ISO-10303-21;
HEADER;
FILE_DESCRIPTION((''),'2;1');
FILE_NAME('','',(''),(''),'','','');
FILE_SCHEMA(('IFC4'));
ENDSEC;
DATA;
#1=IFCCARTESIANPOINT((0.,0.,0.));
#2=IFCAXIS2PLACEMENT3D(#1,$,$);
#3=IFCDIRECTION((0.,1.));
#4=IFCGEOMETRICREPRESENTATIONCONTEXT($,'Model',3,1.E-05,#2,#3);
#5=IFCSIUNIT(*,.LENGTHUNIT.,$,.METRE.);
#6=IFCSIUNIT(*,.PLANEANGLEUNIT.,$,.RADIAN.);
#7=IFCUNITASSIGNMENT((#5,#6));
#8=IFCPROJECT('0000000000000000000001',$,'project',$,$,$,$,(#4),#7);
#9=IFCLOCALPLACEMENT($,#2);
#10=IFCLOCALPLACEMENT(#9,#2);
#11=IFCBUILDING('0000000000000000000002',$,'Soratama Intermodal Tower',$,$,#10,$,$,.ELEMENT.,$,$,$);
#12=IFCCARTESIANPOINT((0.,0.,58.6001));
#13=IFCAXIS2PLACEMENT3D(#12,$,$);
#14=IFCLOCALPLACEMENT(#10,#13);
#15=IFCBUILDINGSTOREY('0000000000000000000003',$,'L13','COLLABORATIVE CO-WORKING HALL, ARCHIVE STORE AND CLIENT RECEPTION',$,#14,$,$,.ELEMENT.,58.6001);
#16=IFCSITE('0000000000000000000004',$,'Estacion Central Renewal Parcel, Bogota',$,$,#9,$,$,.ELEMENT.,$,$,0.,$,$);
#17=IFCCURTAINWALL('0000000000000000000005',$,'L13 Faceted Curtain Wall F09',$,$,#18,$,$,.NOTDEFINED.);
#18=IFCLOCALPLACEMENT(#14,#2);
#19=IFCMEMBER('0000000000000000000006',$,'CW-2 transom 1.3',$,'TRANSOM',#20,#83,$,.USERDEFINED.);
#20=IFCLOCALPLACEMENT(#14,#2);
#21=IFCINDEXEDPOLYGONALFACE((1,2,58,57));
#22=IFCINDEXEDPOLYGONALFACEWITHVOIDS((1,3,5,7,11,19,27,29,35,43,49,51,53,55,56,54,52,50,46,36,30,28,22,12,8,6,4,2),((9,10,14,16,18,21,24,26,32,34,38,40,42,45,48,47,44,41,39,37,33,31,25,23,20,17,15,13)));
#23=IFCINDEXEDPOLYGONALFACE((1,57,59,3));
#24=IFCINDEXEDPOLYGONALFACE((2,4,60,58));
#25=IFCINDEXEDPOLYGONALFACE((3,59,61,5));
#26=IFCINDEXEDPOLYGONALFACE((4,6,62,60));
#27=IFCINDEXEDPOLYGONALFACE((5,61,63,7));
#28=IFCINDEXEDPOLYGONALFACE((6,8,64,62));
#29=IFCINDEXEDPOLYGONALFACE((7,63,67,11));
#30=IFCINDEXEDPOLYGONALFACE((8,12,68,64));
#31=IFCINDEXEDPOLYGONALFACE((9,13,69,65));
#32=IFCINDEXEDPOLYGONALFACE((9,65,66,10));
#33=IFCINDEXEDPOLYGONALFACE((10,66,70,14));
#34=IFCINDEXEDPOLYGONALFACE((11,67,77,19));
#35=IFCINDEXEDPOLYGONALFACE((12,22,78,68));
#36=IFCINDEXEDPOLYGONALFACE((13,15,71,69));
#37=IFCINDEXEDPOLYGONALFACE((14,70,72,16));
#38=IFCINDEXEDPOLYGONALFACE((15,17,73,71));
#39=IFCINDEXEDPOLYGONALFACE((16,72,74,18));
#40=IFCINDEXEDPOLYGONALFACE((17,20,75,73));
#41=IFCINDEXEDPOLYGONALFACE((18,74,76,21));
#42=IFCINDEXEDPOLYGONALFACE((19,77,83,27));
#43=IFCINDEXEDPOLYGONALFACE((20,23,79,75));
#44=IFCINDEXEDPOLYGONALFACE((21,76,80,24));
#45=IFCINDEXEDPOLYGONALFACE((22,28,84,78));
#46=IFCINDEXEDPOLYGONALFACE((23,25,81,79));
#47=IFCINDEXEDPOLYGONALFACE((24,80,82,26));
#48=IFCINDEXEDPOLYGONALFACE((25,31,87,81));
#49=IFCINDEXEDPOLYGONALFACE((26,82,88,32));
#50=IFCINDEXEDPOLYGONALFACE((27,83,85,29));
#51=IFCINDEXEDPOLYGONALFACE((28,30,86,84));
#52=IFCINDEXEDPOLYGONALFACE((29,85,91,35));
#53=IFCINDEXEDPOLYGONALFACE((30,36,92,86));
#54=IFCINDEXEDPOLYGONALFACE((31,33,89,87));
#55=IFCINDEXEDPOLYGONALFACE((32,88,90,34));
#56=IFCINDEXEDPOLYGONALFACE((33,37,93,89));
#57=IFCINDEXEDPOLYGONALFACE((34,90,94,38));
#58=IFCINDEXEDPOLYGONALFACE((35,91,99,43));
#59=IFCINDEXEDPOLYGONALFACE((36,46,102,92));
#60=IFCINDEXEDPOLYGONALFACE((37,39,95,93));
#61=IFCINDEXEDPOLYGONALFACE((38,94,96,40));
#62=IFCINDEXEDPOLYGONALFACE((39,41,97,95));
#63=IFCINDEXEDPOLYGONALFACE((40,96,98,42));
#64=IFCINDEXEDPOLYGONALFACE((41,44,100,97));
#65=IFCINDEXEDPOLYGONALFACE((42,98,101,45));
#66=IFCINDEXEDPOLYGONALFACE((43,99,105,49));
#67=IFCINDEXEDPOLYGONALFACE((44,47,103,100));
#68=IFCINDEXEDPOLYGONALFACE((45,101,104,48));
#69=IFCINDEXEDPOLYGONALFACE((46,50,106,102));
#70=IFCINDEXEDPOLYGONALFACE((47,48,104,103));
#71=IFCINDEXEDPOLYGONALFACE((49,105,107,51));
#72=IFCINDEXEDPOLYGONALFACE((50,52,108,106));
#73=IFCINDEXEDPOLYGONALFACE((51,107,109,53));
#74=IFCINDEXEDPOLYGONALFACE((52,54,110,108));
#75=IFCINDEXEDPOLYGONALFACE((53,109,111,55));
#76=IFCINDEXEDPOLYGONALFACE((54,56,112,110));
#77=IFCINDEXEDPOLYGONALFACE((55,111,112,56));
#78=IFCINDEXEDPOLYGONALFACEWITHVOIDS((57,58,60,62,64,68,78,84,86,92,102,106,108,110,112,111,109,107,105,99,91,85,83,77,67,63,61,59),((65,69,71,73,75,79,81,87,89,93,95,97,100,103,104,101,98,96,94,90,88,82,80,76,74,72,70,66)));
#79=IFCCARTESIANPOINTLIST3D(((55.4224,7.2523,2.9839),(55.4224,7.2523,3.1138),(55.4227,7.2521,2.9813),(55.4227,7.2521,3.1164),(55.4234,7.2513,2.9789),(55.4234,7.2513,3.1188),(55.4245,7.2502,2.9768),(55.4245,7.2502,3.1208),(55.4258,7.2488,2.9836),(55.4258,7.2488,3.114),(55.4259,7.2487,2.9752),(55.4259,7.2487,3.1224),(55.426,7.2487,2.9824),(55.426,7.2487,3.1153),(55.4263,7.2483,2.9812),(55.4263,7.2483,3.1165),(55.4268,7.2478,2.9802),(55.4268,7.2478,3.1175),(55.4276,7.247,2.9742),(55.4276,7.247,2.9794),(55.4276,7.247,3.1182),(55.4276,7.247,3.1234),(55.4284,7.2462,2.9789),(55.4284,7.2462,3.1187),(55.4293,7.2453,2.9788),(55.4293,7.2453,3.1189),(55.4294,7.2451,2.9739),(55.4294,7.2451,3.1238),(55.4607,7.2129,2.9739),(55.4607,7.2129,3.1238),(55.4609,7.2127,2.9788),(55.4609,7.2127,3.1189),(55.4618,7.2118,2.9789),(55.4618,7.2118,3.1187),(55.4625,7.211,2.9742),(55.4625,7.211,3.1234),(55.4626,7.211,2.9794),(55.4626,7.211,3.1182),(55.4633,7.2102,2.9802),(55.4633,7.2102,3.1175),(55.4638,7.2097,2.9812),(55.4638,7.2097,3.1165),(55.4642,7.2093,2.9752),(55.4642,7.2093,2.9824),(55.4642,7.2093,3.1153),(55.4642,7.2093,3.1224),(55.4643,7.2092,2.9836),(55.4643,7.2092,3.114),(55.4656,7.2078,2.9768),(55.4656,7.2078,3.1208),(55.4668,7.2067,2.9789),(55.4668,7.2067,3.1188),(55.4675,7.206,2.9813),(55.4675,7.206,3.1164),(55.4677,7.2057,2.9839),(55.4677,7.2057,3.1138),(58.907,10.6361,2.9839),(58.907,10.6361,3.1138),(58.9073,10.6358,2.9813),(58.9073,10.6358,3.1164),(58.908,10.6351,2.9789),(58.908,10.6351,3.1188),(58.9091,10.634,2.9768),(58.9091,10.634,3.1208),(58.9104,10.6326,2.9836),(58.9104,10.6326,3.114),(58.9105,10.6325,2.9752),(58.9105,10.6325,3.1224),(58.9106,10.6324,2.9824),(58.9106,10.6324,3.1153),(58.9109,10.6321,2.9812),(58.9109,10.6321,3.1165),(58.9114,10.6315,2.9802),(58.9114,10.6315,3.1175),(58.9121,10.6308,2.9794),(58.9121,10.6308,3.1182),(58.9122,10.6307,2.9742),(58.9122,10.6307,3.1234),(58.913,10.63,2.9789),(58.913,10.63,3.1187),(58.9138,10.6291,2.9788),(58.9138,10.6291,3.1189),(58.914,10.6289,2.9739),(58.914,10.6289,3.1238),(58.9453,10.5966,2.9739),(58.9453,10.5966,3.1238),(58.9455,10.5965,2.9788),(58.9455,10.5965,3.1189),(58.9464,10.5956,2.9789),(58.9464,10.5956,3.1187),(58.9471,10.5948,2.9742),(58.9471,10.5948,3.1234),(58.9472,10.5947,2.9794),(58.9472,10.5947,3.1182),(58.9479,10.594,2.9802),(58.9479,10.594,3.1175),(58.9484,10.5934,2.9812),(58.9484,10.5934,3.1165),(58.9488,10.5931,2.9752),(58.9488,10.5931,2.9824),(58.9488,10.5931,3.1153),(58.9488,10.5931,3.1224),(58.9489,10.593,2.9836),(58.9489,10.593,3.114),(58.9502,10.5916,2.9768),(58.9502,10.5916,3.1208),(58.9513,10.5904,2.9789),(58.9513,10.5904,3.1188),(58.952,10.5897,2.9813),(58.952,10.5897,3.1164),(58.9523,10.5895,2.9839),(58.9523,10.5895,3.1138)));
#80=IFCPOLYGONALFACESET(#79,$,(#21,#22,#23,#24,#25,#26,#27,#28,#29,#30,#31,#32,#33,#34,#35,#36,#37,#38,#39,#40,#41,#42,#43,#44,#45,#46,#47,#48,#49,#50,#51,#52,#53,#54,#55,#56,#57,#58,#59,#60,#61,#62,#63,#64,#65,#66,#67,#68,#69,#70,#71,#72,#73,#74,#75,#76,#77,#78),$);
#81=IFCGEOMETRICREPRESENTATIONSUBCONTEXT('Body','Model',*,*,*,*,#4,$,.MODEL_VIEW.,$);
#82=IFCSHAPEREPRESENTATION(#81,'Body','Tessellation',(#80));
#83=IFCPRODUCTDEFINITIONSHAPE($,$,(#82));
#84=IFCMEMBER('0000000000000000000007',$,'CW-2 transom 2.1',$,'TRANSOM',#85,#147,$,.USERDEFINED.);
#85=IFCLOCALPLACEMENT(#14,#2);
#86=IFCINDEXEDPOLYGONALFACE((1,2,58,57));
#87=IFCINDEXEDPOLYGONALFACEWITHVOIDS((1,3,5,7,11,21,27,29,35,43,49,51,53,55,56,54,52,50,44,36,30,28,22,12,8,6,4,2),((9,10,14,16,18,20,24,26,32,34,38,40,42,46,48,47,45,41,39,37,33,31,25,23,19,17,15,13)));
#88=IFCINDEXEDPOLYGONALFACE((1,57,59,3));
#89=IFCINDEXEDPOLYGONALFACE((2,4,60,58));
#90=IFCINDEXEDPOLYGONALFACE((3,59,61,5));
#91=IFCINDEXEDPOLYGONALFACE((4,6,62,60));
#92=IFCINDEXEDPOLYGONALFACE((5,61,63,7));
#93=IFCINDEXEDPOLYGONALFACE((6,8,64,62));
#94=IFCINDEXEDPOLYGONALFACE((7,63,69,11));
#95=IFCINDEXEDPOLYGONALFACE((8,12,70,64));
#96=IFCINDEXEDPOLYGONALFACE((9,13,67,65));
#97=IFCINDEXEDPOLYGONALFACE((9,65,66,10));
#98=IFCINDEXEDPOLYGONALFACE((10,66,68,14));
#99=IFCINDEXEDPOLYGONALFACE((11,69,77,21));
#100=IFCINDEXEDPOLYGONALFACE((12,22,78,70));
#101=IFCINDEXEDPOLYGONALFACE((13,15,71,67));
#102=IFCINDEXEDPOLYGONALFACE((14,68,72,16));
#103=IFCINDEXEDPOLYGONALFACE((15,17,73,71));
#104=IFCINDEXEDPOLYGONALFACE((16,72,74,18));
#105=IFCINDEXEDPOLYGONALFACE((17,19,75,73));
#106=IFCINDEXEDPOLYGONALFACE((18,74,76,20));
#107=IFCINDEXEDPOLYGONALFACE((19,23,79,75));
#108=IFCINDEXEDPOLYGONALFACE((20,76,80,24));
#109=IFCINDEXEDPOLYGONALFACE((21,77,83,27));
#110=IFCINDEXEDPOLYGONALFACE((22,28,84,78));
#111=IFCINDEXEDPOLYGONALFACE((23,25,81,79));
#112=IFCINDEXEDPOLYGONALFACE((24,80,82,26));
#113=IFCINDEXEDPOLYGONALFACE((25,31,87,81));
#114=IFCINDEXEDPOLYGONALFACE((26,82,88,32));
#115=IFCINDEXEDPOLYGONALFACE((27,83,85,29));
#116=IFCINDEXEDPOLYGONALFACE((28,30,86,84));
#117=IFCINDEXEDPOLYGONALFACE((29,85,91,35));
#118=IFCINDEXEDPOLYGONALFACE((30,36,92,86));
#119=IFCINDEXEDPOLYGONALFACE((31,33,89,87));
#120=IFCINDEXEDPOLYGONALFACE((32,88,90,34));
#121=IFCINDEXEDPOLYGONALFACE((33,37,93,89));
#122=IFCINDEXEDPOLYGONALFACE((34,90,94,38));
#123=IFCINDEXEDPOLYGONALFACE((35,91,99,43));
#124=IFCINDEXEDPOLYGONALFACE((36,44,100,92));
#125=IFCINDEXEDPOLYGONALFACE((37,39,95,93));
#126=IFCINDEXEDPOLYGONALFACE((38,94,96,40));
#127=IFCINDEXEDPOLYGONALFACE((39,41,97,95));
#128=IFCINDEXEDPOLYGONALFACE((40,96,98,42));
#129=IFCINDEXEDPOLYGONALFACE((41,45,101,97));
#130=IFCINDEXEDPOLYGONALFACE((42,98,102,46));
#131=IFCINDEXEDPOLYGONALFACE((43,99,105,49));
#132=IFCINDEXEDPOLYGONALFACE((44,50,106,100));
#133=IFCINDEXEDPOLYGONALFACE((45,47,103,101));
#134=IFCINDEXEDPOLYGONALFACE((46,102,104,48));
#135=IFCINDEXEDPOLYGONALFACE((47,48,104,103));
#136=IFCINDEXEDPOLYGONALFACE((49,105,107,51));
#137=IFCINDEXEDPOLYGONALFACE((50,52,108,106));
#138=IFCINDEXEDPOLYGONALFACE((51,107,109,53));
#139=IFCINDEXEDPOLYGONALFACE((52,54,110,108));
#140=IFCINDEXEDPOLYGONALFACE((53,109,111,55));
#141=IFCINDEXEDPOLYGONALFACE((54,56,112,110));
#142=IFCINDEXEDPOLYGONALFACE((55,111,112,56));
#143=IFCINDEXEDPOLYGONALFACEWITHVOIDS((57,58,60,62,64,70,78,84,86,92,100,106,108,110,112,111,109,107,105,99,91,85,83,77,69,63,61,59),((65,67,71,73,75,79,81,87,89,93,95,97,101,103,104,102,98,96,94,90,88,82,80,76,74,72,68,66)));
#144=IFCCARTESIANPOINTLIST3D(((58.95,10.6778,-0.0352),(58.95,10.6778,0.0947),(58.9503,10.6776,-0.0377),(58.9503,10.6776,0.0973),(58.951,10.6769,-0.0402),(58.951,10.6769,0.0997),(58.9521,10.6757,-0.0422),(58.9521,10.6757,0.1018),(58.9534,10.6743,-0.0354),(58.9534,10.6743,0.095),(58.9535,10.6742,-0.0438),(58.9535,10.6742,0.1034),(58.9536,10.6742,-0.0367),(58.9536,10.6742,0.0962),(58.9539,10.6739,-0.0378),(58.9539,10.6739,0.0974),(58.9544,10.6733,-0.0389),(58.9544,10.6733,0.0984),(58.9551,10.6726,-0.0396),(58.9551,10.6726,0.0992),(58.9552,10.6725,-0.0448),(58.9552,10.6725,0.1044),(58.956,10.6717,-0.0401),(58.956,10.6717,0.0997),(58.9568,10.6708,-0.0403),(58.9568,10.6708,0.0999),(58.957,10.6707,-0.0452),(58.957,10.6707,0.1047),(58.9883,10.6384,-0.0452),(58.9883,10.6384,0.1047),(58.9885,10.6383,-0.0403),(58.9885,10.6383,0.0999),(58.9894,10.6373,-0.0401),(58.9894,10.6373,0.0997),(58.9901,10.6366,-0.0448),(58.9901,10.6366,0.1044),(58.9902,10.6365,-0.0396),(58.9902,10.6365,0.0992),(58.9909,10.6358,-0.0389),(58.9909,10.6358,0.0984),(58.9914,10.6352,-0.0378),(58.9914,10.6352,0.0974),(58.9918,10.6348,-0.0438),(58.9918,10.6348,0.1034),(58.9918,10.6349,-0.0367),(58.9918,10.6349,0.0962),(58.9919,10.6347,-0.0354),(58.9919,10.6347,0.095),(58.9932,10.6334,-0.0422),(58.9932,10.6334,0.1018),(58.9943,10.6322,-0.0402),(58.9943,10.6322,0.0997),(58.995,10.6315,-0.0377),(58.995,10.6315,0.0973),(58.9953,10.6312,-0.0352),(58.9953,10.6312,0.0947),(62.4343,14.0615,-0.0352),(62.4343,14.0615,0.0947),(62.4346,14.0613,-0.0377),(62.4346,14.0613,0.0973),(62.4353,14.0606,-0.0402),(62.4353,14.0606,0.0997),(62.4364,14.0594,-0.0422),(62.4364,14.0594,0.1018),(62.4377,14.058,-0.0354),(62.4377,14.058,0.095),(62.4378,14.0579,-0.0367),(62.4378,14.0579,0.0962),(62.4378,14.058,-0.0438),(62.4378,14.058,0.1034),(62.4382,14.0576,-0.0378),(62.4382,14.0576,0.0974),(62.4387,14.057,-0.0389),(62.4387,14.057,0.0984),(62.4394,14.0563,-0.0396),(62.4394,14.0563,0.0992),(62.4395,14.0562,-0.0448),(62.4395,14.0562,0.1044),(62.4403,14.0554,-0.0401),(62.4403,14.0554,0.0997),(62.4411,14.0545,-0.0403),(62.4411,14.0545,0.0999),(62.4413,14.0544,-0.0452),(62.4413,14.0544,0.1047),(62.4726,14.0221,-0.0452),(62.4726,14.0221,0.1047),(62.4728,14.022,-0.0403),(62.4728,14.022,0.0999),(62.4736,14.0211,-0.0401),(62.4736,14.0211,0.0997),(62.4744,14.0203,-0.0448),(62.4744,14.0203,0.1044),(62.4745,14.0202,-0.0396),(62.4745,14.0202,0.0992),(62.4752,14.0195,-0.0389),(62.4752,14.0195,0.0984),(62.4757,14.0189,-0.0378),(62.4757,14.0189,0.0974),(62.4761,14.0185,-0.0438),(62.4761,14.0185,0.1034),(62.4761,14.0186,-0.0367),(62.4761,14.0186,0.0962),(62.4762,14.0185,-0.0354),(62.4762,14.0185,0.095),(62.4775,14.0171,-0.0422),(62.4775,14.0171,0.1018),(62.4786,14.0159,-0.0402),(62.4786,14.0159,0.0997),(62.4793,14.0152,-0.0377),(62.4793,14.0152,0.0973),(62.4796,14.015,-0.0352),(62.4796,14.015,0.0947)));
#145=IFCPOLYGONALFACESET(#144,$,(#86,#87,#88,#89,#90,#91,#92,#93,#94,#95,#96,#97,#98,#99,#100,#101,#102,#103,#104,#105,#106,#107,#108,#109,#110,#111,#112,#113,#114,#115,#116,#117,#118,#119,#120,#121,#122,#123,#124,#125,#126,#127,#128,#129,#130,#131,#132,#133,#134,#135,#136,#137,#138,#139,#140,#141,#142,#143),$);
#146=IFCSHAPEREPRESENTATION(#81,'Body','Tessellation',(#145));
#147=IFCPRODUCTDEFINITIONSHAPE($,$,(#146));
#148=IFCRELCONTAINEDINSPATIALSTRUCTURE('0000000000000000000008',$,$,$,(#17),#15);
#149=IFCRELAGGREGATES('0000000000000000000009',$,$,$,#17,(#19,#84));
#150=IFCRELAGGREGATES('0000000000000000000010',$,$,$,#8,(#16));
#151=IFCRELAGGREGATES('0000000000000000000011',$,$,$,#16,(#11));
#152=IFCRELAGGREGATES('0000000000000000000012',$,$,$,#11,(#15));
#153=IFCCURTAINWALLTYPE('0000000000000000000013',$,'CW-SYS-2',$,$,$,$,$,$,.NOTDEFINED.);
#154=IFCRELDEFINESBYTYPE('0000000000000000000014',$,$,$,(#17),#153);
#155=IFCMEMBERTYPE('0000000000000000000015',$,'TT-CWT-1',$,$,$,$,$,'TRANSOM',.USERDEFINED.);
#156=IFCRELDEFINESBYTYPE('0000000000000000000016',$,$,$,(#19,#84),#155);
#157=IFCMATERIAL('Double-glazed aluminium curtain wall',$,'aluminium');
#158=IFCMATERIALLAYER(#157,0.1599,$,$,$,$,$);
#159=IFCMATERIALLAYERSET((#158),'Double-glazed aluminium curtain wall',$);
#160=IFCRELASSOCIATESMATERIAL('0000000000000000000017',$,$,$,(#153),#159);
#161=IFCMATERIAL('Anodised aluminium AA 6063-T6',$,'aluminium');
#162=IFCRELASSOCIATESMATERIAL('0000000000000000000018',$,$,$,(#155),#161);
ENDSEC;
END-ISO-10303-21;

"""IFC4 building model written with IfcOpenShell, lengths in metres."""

from ifc_helpers import new_model, si_unit, direction, frame, origin, origin_2d, place, context, subcontext, project, spatial, hollow_rectangle, extrude, material, layer, layer_set, material_profile, profile_set, type_object, element, aggregate, save


model = new_model("IFC4")

# Units and contexts
model_context = context("Model", 3, precision=1e-05, world=origin(), true_north=direction((0.0, 1.0)))
body_context = subcontext(model_context, "Body", "Model", "MODEL_VIEW")
ifc_project = project(units=[si_unit("LENGTHUNIT", "METRE"), si_unit("PLANEANGLEUNIT", "RADIAN")], contexts=[model_context])

# Site, building, storey
site_placement = place(None, origin())
site = spatial("IfcSite", under=ifc_project, at=site_placement, Name="Estacion Central Renewal Parcel, Bogota", CompositionType="ELEMENT", RefElevation=0.0)
building_placement = place(site_placement, origin())
building = spatial("IfcBuilding", under=site, at=building_placement, Name="Soratama Intermodal Tower", CompositionType="ELEMENT")
storey_placement = place(building_placement, frame((0.0, 0.0, 58.6001)))
storey = spatial("IfcBuildingStorey", under=building, at=storey_placement, Name="L13", Description="COLLABORATIVE CO-WORKING HALL, ARCHIVE STORE AND CLIENT RECEPTION", CompositionType="ELEMENT", Elevation=58.6001)

# Curtain wall, members
ifc_material_1 = material(Name="Double-glazed aluminium curtain wall", Category="aluminium")
ifc_layer_1 = layer(ifc_material_1, 0.1599)
ifc_layer_set_1 = layer_set([ifc_layer_1], Name="Double-glazed aluminium curtain wall")
curtain_wall_type = type_object("IfcCurtainWallType", Name="CW-SYS-2", PredefinedType="NOTDEFINED", material=ifc_layer_set_1)
curtain_wall_placement = place(storey_placement, origin())
curtain_wall = element("IfcCurtainWall", 1, at=curtain_wall_placement, inside=storey, type_object=curtain_wall_type, Name="L13 Faceted Curtain Wall F09", PredefinedType="NOTDEFINED")
ifc_material_2 = material(Name="Anodised aluminium AA 6063-T6", Category="aluminium")
ifc_material_profile_1 = material_profile(ifc_material_2, hollow_rectangle(XDim=0.0649, YDim=0.1499, WallThickness=0.0049, InnerFilletRadius=0.0049, OuterFilletRadius=0.01, at=origin_2d()), Name="CWT150X65X5")
ifc_profile_set_1 = profile_set([ifc_material_profile_1], Name="Anodised aluminium AA 6063-T6")
member_type_1 = type_object("IfcMemberType", Name="TT-CWT-1", ElementType="TRANSOM", PredefinedType="USERDEFINED", material=ifc_profile_set_1)
member_1_placement = place(storey_placement, frame((55.4451, 7.229, 3.0488), z_axis=(0.71741, 0.696651, 0.0), x_axis=(-0.696651, 0.71741, 0.0)))
member_1 = element("IfcMember", 2, at=member_1_placement, type_object=member_type_1, Name="CW-2 transom 1.3", ObjectType="TRANSOM", PredefinedType="USERDEFINED", context=body_context, shape_type="SweptSolid", body=[
    extrude(hollow_rectangle(XDim=0.0649, YDim=0.1499, WallThickness=0.0049, InnerFilletRadius=0.0049, OuterFilletRadius=0.01, at=origin_2d()), origin(), (0.0, 0.0, 1.0), 4.8572),
])
member_2_placement = place(storey_placement, frame((58.9727, 10.6545, 0.0298), z_axis=(0.717386, 0.696676, 0.0), x_axis=(-0.696676, 0.717386, 0.0)))
member_2 = element("IfcMember", 3, at=member_2_placement, type_object=member_type_1, Name="CW-2 transom 2.1", ObjectType="TRANSOM", PredefinedType="USERDEFINED", context=body_context, shape_type="SweptSolid", body=[
    extrude(hollow_rectangle(XDim=0.0649, YDim=0.1499, WallThickness=0.0049, InnerFilletRadius=0.0049, OuterFilletRadius=0.01, at=origin_2d()), origin(), (0.0, 0.0, 1.0), 4.8569),
])
aggregate(curtain_wall, [member_1, member_2])

save(model, "model.ifc")
